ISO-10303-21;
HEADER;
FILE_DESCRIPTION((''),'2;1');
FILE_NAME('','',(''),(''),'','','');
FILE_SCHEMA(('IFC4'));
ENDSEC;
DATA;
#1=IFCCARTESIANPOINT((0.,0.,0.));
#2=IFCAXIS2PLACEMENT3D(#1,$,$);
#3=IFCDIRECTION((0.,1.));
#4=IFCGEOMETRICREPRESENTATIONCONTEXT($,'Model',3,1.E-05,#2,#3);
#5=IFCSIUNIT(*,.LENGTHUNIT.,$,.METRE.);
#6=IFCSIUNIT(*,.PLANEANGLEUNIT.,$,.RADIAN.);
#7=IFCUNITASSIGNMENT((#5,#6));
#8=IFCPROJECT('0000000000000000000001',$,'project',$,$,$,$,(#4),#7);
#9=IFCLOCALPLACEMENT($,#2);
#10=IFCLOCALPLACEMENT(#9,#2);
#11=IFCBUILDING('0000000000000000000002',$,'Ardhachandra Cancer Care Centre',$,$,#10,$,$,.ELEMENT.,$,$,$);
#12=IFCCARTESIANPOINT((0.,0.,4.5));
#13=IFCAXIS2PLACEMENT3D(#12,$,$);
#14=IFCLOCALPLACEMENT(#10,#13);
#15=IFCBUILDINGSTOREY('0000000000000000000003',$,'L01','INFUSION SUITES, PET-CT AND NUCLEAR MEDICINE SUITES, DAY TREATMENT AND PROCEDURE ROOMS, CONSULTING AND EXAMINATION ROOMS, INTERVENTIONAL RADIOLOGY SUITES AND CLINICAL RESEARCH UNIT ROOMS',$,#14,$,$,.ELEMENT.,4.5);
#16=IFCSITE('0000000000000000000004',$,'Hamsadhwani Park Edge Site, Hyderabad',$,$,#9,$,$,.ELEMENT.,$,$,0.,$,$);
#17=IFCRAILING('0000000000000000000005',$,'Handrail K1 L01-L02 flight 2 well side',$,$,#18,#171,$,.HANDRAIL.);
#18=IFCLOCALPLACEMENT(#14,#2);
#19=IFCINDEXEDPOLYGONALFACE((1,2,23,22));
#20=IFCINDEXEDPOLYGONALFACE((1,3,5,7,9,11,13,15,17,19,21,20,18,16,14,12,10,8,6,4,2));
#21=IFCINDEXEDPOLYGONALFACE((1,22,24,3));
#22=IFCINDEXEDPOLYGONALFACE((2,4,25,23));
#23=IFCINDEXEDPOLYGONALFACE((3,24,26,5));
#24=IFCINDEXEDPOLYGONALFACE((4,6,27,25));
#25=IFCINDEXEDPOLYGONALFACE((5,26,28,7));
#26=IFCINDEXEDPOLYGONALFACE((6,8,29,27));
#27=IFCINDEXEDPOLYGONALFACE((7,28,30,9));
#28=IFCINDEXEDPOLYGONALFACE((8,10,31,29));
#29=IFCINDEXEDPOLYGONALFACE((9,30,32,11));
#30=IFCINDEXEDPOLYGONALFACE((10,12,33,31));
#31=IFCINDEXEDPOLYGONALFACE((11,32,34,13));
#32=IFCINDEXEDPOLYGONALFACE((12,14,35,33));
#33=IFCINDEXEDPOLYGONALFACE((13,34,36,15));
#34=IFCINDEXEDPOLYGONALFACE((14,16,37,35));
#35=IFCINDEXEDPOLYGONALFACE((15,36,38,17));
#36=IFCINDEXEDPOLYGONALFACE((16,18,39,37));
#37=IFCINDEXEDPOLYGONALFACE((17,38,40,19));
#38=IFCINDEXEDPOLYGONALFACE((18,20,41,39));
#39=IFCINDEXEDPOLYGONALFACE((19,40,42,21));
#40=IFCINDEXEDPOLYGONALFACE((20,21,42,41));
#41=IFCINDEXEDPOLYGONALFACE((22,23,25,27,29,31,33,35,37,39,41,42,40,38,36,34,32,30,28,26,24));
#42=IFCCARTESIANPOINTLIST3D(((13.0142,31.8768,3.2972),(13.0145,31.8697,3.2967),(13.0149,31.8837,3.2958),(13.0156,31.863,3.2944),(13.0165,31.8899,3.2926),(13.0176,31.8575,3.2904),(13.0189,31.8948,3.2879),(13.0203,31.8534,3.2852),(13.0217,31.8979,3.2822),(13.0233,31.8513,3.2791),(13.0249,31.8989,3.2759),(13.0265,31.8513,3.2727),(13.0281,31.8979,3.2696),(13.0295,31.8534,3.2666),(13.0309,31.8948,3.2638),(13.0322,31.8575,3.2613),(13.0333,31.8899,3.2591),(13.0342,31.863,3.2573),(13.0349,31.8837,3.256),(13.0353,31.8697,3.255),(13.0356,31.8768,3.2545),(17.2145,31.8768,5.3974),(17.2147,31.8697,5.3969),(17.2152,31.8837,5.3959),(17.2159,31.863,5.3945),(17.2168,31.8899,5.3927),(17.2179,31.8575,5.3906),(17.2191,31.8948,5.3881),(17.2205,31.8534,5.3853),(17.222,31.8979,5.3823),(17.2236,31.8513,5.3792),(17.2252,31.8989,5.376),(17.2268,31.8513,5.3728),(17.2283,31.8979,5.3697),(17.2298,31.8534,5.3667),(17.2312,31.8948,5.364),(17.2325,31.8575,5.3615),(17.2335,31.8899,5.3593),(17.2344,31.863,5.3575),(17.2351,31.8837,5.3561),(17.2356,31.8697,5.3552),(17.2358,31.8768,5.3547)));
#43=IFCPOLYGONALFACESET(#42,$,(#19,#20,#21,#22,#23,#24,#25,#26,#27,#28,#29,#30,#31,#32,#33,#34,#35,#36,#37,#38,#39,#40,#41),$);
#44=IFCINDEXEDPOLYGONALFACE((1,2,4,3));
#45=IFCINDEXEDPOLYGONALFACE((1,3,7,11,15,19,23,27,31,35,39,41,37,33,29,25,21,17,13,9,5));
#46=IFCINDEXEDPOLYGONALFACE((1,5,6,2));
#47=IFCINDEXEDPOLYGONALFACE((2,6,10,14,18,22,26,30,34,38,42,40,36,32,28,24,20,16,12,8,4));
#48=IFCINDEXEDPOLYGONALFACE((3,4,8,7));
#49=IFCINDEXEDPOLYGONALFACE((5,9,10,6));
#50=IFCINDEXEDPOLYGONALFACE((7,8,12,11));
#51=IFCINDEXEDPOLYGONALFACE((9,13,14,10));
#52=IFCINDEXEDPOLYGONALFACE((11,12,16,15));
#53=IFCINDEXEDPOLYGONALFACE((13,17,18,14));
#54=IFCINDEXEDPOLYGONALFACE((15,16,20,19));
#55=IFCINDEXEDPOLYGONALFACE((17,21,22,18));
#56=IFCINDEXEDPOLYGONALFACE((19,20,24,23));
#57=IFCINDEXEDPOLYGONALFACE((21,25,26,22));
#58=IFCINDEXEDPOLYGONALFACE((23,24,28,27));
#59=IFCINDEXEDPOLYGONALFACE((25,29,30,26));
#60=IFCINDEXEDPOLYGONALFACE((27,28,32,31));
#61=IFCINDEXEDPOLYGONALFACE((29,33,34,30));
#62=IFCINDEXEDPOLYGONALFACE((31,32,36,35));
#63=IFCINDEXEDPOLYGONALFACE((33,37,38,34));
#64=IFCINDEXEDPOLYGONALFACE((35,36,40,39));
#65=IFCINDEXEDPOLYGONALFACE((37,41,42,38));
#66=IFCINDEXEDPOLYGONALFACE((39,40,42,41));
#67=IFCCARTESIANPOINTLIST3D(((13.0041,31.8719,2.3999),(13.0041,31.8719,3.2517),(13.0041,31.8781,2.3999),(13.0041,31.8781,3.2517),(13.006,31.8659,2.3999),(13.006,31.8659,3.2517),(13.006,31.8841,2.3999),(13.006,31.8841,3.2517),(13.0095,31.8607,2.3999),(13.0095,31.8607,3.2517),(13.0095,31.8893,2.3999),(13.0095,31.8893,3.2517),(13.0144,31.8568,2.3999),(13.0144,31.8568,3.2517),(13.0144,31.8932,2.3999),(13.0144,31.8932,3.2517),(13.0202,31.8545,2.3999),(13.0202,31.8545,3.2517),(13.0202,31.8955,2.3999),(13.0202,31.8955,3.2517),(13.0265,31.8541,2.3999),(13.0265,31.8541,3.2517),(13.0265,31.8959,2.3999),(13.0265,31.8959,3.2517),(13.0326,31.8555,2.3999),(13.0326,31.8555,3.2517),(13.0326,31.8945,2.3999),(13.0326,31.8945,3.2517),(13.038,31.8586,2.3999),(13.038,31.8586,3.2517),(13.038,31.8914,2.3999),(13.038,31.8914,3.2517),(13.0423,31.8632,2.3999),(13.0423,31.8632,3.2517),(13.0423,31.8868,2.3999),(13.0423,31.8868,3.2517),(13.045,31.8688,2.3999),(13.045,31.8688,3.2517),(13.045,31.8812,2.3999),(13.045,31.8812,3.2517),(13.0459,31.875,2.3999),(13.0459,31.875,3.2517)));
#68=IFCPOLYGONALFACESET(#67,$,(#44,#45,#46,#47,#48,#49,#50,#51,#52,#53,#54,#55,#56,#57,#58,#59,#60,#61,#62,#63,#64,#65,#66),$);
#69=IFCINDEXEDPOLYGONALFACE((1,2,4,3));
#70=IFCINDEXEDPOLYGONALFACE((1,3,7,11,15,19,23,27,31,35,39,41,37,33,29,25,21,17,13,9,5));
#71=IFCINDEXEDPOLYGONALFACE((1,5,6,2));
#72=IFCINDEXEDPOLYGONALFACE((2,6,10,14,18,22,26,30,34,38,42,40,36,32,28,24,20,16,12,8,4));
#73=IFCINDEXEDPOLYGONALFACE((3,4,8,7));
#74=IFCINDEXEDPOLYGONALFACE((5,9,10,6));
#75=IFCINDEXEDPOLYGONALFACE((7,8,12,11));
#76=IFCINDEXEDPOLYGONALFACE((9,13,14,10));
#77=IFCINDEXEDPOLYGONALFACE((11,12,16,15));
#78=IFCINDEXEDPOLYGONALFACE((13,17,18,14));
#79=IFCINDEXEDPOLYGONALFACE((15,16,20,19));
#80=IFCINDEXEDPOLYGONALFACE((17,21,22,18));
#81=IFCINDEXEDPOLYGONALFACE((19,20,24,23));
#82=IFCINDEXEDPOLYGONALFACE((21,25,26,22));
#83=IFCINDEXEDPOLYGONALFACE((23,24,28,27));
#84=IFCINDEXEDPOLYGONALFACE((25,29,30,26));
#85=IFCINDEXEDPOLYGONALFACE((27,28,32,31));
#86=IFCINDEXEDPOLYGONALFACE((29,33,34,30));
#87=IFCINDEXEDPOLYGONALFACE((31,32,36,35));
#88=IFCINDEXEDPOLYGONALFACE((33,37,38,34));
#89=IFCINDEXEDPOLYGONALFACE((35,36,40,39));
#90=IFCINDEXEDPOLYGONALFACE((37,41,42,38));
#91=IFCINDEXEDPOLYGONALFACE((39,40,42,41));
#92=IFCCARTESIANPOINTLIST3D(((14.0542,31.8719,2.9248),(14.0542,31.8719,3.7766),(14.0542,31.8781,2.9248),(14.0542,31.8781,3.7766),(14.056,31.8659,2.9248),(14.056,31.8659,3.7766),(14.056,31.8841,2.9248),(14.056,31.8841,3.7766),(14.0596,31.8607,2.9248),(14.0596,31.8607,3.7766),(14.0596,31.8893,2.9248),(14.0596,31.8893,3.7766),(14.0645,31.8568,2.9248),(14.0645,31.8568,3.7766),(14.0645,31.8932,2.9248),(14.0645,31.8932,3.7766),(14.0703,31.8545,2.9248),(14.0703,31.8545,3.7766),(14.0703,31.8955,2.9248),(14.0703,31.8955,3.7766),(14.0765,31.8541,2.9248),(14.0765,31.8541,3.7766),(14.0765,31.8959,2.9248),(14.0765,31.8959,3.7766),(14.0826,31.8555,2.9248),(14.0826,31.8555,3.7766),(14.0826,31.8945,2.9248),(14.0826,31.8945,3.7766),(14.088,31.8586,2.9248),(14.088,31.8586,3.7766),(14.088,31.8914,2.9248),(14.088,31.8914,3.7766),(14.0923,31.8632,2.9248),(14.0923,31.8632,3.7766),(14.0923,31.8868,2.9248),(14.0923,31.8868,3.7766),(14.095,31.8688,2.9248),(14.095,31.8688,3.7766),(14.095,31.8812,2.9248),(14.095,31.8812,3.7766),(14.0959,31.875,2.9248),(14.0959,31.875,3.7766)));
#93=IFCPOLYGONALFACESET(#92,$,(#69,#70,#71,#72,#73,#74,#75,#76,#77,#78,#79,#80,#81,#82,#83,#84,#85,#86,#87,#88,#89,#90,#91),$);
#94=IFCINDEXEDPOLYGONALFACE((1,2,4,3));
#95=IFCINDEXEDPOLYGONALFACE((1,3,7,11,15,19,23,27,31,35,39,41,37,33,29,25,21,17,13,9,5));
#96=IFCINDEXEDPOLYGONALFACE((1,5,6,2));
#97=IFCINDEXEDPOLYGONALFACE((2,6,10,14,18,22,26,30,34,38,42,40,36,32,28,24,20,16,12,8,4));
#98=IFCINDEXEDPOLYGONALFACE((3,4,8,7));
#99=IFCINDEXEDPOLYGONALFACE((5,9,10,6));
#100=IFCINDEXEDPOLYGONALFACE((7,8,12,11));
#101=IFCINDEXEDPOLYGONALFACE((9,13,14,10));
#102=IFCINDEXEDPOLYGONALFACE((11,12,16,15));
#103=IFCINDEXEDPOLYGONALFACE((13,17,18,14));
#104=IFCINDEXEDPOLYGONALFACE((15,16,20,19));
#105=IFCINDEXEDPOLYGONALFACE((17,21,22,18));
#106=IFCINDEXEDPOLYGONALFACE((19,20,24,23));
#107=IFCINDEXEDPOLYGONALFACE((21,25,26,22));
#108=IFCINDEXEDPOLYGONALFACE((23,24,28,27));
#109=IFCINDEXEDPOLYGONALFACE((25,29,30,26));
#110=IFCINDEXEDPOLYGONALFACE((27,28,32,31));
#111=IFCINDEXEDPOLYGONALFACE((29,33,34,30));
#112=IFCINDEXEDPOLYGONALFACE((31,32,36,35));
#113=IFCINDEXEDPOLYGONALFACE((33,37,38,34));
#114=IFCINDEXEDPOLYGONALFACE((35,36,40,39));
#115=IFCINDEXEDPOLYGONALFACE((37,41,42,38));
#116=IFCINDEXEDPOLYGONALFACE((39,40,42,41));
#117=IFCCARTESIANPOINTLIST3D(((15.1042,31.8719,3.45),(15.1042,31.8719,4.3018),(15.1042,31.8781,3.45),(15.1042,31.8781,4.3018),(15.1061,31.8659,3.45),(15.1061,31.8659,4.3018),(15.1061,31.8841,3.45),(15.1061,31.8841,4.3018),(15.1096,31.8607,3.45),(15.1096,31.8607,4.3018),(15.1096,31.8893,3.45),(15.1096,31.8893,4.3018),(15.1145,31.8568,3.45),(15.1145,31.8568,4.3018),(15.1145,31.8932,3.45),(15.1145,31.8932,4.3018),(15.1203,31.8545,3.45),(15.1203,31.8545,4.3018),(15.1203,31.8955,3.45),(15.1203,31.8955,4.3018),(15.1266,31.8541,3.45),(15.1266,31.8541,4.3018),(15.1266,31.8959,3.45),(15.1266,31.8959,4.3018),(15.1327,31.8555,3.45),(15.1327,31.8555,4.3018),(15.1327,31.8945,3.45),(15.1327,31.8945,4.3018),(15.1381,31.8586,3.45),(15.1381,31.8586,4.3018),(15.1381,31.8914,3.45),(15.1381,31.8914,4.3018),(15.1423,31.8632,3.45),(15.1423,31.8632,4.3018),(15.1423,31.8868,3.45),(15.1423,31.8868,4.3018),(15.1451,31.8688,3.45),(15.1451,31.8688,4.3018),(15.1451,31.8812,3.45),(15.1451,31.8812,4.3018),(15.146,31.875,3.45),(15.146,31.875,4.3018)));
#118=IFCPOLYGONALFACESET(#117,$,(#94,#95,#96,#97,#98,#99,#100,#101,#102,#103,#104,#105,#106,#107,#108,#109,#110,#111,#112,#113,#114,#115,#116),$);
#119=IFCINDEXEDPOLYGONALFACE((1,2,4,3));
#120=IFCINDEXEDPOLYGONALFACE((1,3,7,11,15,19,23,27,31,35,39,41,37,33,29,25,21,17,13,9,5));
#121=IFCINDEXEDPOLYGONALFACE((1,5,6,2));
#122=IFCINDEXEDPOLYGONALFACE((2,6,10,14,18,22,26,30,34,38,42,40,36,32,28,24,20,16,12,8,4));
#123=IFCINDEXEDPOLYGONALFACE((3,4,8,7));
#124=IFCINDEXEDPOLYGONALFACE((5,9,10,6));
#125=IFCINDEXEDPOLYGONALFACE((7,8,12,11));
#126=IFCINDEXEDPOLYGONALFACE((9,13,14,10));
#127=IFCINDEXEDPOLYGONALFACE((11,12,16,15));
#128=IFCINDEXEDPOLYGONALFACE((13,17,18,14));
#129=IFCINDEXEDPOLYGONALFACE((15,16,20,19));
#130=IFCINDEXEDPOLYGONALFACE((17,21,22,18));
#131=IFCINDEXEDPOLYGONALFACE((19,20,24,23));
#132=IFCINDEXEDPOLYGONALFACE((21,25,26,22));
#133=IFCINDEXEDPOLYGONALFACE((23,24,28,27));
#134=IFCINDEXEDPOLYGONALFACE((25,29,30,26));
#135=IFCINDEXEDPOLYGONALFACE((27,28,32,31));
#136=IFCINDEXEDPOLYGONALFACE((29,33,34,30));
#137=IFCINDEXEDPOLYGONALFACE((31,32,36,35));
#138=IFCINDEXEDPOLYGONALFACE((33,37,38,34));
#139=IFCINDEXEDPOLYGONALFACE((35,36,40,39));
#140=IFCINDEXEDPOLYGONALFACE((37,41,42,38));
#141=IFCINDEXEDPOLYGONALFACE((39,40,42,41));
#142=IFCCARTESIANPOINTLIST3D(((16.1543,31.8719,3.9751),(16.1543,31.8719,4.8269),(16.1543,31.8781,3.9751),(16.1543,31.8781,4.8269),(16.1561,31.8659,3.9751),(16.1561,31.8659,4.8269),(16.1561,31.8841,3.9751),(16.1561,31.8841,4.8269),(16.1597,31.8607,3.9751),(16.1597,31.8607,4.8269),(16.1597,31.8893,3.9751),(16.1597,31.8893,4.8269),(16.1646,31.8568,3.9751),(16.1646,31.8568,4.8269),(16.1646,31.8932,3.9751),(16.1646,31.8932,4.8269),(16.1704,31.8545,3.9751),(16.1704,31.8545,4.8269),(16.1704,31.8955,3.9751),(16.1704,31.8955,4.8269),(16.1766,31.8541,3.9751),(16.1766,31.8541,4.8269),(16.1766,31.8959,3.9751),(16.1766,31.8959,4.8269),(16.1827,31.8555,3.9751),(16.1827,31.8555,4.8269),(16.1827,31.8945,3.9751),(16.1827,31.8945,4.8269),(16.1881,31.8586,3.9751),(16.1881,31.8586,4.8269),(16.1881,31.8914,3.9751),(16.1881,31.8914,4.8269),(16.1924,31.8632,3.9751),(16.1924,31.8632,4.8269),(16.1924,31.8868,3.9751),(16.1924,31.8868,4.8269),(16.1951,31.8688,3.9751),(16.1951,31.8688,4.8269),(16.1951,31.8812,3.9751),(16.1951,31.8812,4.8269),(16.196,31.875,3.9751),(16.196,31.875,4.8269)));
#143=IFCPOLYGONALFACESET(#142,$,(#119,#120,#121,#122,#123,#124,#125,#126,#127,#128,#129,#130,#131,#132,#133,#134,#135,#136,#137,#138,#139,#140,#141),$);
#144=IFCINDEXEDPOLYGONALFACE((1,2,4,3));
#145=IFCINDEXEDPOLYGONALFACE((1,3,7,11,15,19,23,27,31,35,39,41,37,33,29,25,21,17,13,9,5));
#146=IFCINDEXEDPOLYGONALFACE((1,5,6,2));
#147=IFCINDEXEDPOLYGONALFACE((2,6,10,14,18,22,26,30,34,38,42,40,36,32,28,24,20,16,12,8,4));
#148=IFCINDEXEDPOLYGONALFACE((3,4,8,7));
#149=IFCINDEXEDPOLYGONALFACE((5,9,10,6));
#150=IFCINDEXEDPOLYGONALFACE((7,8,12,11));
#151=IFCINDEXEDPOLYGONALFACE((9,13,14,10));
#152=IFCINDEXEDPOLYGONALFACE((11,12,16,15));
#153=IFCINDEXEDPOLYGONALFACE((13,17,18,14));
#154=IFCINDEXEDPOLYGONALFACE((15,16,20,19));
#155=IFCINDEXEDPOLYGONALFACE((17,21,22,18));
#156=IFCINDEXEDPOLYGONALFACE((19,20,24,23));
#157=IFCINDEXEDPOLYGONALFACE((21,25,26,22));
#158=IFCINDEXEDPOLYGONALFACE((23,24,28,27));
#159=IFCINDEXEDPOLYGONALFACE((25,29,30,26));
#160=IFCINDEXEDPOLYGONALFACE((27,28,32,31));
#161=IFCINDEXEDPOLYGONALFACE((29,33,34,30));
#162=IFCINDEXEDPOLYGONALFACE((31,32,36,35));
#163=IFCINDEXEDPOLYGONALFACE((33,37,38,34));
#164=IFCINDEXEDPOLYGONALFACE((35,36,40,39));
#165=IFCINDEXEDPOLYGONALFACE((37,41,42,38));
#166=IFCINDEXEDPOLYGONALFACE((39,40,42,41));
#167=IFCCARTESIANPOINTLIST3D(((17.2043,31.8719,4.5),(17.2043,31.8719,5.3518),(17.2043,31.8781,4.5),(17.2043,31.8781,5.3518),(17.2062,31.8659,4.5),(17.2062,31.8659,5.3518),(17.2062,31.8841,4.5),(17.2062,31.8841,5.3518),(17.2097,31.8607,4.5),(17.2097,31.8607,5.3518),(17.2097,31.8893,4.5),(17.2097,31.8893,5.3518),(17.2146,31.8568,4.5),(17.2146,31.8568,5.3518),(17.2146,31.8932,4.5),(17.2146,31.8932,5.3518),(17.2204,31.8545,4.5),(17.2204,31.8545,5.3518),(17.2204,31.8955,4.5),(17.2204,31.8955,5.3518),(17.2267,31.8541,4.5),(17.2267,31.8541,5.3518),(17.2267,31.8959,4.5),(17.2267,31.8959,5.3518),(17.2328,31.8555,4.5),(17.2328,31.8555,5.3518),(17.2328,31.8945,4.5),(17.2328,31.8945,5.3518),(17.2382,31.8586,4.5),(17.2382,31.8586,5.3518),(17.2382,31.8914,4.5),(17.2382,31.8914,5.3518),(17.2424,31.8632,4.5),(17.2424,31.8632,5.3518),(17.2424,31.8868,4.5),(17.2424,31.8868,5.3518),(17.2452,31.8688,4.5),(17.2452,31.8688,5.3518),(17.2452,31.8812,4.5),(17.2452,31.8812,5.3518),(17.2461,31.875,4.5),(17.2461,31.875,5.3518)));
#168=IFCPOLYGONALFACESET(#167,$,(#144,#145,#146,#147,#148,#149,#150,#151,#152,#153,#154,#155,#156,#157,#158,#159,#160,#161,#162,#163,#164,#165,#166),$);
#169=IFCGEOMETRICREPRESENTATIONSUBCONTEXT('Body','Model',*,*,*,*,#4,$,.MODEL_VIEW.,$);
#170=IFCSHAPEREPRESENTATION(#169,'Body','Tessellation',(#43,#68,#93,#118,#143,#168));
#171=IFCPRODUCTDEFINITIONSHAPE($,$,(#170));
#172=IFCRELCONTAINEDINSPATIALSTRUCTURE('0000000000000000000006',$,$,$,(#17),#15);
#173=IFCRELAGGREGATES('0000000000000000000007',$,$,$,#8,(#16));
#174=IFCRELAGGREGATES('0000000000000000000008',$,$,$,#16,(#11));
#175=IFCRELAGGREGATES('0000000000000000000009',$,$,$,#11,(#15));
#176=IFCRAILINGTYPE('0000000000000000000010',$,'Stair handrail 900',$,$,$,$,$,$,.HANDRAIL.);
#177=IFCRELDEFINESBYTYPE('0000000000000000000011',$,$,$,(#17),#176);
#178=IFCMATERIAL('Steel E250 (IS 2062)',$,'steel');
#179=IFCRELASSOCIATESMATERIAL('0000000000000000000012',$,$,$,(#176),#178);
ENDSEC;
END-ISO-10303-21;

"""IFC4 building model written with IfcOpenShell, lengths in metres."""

from ifc_helpers import new_model, si_unit, direction, frame, origin, origin_2d, place, context, subcontext, project, spatial, circle, extrude, material, type_object, element, save


model = new_model("IFC4")

# Units and contexts
model_context = context("Model", 3, precision=1e-05, world=origin(), true_north=direction((0.0, 1.0)))
body_context = subcontext(model_context, "Body", "Model", "MODEL_VIEW")
ifc_project = project(units=[si_unit("LENGTHUNIT", "METRE"), si_unit("PLANEANGLEUNIT", "RADIAN")], contexts=[model_context])

# Site, building, storey
site_placement = place(None, origin())
site = spatial("IfcSite", under=ifc_project, at=site_placement, Name="Hamsadhwani Park Edge Site, Hyderabad", CompositionType="ELEMENT", RefElevation=0.0)
building_placement = place(site_placement, origin())
building = spatial("IfcBuilding", under=site, at=building_placement, Name="Ardhachandra Cancer Care Centre", CompositionType="ELEMENT")
storey_placement = place(building_placement, frame((0.0, 0.0, 4.5)))
storey = spatial("IfcBuildingStorey", under=building, at=storey_placement, Name="L01", Description="INFUSION SUITES, PET-CT AND NUCLEAR MEDICINE SUITES, DAY TREATMENT AND PROCEDURE ROOMS, CONSULTING AND EXAMINATION ROOMS, INTERVENTIONAL RADIOLOGY SUITES AND CLINICAL RESEARCH UNIT ROOMS", CompositionType="ELEMENT", Elevation=4.5)

# Railing
ifc_material_1 = material(Name="Steel E250 (IS 2062)", Category="steel")
railing_type_1 = type_object("IfcRailingType", Name="Stair handrail 900", PredefinedType="HANDRAIL", material=ifc_material_1)
for number, where, name in (
    (1, (13.0249, 31.875, 2.3999), "Handrail K1 L01-L02 flight 2 well side"),
):
    element("IfcRailing", number, at=place(storey_placement, frame(where)), inside=storey, type_object=railing_type_1, Name=name, PredefinedType="HANDRAIL", context=body_context, shape_type="SweptSolid", body=[
        extrude(circle(Radius=0.0239, at=origin_2d()), frame((0.0, 0.0, 0.876), z_axis=(0.894427, 0.0, 0.447214), x_axis=(0.0, 1.0, 0.0)), (0.0, 0.0, 1.0), 4.696),
        extrude(circle(Radius=0.021, at=origin_2d()), origin(), (0.0, 0.0, 1.0), 0.8518),
        extrude(circle(Radius=0.021, at=origin_2d()), frame((1.05, 0.0, 0.5249)), (0.0, 0.0, 1.0), 0.8518),
        extrude(circle(Radius=0.021, at=origin_2d()), frame((2.1001, 0.0, 1.05)), (0.0, 0.0, 1.0), 0.8518),
        extrude(circle(Radius=0.021, at=origin_2d()), frame((3.1501, 0.0, 1.5752)), (0.0, 0.0, 1.0), 0.8518),
        extrude(circle(Radius=0.021, at=origin_2d()), frame((4.2002, 0.0, 2.1001)), (0.0, 0.0, 1.0), 0.8518),
    ])

save(model, "model.ifc")
